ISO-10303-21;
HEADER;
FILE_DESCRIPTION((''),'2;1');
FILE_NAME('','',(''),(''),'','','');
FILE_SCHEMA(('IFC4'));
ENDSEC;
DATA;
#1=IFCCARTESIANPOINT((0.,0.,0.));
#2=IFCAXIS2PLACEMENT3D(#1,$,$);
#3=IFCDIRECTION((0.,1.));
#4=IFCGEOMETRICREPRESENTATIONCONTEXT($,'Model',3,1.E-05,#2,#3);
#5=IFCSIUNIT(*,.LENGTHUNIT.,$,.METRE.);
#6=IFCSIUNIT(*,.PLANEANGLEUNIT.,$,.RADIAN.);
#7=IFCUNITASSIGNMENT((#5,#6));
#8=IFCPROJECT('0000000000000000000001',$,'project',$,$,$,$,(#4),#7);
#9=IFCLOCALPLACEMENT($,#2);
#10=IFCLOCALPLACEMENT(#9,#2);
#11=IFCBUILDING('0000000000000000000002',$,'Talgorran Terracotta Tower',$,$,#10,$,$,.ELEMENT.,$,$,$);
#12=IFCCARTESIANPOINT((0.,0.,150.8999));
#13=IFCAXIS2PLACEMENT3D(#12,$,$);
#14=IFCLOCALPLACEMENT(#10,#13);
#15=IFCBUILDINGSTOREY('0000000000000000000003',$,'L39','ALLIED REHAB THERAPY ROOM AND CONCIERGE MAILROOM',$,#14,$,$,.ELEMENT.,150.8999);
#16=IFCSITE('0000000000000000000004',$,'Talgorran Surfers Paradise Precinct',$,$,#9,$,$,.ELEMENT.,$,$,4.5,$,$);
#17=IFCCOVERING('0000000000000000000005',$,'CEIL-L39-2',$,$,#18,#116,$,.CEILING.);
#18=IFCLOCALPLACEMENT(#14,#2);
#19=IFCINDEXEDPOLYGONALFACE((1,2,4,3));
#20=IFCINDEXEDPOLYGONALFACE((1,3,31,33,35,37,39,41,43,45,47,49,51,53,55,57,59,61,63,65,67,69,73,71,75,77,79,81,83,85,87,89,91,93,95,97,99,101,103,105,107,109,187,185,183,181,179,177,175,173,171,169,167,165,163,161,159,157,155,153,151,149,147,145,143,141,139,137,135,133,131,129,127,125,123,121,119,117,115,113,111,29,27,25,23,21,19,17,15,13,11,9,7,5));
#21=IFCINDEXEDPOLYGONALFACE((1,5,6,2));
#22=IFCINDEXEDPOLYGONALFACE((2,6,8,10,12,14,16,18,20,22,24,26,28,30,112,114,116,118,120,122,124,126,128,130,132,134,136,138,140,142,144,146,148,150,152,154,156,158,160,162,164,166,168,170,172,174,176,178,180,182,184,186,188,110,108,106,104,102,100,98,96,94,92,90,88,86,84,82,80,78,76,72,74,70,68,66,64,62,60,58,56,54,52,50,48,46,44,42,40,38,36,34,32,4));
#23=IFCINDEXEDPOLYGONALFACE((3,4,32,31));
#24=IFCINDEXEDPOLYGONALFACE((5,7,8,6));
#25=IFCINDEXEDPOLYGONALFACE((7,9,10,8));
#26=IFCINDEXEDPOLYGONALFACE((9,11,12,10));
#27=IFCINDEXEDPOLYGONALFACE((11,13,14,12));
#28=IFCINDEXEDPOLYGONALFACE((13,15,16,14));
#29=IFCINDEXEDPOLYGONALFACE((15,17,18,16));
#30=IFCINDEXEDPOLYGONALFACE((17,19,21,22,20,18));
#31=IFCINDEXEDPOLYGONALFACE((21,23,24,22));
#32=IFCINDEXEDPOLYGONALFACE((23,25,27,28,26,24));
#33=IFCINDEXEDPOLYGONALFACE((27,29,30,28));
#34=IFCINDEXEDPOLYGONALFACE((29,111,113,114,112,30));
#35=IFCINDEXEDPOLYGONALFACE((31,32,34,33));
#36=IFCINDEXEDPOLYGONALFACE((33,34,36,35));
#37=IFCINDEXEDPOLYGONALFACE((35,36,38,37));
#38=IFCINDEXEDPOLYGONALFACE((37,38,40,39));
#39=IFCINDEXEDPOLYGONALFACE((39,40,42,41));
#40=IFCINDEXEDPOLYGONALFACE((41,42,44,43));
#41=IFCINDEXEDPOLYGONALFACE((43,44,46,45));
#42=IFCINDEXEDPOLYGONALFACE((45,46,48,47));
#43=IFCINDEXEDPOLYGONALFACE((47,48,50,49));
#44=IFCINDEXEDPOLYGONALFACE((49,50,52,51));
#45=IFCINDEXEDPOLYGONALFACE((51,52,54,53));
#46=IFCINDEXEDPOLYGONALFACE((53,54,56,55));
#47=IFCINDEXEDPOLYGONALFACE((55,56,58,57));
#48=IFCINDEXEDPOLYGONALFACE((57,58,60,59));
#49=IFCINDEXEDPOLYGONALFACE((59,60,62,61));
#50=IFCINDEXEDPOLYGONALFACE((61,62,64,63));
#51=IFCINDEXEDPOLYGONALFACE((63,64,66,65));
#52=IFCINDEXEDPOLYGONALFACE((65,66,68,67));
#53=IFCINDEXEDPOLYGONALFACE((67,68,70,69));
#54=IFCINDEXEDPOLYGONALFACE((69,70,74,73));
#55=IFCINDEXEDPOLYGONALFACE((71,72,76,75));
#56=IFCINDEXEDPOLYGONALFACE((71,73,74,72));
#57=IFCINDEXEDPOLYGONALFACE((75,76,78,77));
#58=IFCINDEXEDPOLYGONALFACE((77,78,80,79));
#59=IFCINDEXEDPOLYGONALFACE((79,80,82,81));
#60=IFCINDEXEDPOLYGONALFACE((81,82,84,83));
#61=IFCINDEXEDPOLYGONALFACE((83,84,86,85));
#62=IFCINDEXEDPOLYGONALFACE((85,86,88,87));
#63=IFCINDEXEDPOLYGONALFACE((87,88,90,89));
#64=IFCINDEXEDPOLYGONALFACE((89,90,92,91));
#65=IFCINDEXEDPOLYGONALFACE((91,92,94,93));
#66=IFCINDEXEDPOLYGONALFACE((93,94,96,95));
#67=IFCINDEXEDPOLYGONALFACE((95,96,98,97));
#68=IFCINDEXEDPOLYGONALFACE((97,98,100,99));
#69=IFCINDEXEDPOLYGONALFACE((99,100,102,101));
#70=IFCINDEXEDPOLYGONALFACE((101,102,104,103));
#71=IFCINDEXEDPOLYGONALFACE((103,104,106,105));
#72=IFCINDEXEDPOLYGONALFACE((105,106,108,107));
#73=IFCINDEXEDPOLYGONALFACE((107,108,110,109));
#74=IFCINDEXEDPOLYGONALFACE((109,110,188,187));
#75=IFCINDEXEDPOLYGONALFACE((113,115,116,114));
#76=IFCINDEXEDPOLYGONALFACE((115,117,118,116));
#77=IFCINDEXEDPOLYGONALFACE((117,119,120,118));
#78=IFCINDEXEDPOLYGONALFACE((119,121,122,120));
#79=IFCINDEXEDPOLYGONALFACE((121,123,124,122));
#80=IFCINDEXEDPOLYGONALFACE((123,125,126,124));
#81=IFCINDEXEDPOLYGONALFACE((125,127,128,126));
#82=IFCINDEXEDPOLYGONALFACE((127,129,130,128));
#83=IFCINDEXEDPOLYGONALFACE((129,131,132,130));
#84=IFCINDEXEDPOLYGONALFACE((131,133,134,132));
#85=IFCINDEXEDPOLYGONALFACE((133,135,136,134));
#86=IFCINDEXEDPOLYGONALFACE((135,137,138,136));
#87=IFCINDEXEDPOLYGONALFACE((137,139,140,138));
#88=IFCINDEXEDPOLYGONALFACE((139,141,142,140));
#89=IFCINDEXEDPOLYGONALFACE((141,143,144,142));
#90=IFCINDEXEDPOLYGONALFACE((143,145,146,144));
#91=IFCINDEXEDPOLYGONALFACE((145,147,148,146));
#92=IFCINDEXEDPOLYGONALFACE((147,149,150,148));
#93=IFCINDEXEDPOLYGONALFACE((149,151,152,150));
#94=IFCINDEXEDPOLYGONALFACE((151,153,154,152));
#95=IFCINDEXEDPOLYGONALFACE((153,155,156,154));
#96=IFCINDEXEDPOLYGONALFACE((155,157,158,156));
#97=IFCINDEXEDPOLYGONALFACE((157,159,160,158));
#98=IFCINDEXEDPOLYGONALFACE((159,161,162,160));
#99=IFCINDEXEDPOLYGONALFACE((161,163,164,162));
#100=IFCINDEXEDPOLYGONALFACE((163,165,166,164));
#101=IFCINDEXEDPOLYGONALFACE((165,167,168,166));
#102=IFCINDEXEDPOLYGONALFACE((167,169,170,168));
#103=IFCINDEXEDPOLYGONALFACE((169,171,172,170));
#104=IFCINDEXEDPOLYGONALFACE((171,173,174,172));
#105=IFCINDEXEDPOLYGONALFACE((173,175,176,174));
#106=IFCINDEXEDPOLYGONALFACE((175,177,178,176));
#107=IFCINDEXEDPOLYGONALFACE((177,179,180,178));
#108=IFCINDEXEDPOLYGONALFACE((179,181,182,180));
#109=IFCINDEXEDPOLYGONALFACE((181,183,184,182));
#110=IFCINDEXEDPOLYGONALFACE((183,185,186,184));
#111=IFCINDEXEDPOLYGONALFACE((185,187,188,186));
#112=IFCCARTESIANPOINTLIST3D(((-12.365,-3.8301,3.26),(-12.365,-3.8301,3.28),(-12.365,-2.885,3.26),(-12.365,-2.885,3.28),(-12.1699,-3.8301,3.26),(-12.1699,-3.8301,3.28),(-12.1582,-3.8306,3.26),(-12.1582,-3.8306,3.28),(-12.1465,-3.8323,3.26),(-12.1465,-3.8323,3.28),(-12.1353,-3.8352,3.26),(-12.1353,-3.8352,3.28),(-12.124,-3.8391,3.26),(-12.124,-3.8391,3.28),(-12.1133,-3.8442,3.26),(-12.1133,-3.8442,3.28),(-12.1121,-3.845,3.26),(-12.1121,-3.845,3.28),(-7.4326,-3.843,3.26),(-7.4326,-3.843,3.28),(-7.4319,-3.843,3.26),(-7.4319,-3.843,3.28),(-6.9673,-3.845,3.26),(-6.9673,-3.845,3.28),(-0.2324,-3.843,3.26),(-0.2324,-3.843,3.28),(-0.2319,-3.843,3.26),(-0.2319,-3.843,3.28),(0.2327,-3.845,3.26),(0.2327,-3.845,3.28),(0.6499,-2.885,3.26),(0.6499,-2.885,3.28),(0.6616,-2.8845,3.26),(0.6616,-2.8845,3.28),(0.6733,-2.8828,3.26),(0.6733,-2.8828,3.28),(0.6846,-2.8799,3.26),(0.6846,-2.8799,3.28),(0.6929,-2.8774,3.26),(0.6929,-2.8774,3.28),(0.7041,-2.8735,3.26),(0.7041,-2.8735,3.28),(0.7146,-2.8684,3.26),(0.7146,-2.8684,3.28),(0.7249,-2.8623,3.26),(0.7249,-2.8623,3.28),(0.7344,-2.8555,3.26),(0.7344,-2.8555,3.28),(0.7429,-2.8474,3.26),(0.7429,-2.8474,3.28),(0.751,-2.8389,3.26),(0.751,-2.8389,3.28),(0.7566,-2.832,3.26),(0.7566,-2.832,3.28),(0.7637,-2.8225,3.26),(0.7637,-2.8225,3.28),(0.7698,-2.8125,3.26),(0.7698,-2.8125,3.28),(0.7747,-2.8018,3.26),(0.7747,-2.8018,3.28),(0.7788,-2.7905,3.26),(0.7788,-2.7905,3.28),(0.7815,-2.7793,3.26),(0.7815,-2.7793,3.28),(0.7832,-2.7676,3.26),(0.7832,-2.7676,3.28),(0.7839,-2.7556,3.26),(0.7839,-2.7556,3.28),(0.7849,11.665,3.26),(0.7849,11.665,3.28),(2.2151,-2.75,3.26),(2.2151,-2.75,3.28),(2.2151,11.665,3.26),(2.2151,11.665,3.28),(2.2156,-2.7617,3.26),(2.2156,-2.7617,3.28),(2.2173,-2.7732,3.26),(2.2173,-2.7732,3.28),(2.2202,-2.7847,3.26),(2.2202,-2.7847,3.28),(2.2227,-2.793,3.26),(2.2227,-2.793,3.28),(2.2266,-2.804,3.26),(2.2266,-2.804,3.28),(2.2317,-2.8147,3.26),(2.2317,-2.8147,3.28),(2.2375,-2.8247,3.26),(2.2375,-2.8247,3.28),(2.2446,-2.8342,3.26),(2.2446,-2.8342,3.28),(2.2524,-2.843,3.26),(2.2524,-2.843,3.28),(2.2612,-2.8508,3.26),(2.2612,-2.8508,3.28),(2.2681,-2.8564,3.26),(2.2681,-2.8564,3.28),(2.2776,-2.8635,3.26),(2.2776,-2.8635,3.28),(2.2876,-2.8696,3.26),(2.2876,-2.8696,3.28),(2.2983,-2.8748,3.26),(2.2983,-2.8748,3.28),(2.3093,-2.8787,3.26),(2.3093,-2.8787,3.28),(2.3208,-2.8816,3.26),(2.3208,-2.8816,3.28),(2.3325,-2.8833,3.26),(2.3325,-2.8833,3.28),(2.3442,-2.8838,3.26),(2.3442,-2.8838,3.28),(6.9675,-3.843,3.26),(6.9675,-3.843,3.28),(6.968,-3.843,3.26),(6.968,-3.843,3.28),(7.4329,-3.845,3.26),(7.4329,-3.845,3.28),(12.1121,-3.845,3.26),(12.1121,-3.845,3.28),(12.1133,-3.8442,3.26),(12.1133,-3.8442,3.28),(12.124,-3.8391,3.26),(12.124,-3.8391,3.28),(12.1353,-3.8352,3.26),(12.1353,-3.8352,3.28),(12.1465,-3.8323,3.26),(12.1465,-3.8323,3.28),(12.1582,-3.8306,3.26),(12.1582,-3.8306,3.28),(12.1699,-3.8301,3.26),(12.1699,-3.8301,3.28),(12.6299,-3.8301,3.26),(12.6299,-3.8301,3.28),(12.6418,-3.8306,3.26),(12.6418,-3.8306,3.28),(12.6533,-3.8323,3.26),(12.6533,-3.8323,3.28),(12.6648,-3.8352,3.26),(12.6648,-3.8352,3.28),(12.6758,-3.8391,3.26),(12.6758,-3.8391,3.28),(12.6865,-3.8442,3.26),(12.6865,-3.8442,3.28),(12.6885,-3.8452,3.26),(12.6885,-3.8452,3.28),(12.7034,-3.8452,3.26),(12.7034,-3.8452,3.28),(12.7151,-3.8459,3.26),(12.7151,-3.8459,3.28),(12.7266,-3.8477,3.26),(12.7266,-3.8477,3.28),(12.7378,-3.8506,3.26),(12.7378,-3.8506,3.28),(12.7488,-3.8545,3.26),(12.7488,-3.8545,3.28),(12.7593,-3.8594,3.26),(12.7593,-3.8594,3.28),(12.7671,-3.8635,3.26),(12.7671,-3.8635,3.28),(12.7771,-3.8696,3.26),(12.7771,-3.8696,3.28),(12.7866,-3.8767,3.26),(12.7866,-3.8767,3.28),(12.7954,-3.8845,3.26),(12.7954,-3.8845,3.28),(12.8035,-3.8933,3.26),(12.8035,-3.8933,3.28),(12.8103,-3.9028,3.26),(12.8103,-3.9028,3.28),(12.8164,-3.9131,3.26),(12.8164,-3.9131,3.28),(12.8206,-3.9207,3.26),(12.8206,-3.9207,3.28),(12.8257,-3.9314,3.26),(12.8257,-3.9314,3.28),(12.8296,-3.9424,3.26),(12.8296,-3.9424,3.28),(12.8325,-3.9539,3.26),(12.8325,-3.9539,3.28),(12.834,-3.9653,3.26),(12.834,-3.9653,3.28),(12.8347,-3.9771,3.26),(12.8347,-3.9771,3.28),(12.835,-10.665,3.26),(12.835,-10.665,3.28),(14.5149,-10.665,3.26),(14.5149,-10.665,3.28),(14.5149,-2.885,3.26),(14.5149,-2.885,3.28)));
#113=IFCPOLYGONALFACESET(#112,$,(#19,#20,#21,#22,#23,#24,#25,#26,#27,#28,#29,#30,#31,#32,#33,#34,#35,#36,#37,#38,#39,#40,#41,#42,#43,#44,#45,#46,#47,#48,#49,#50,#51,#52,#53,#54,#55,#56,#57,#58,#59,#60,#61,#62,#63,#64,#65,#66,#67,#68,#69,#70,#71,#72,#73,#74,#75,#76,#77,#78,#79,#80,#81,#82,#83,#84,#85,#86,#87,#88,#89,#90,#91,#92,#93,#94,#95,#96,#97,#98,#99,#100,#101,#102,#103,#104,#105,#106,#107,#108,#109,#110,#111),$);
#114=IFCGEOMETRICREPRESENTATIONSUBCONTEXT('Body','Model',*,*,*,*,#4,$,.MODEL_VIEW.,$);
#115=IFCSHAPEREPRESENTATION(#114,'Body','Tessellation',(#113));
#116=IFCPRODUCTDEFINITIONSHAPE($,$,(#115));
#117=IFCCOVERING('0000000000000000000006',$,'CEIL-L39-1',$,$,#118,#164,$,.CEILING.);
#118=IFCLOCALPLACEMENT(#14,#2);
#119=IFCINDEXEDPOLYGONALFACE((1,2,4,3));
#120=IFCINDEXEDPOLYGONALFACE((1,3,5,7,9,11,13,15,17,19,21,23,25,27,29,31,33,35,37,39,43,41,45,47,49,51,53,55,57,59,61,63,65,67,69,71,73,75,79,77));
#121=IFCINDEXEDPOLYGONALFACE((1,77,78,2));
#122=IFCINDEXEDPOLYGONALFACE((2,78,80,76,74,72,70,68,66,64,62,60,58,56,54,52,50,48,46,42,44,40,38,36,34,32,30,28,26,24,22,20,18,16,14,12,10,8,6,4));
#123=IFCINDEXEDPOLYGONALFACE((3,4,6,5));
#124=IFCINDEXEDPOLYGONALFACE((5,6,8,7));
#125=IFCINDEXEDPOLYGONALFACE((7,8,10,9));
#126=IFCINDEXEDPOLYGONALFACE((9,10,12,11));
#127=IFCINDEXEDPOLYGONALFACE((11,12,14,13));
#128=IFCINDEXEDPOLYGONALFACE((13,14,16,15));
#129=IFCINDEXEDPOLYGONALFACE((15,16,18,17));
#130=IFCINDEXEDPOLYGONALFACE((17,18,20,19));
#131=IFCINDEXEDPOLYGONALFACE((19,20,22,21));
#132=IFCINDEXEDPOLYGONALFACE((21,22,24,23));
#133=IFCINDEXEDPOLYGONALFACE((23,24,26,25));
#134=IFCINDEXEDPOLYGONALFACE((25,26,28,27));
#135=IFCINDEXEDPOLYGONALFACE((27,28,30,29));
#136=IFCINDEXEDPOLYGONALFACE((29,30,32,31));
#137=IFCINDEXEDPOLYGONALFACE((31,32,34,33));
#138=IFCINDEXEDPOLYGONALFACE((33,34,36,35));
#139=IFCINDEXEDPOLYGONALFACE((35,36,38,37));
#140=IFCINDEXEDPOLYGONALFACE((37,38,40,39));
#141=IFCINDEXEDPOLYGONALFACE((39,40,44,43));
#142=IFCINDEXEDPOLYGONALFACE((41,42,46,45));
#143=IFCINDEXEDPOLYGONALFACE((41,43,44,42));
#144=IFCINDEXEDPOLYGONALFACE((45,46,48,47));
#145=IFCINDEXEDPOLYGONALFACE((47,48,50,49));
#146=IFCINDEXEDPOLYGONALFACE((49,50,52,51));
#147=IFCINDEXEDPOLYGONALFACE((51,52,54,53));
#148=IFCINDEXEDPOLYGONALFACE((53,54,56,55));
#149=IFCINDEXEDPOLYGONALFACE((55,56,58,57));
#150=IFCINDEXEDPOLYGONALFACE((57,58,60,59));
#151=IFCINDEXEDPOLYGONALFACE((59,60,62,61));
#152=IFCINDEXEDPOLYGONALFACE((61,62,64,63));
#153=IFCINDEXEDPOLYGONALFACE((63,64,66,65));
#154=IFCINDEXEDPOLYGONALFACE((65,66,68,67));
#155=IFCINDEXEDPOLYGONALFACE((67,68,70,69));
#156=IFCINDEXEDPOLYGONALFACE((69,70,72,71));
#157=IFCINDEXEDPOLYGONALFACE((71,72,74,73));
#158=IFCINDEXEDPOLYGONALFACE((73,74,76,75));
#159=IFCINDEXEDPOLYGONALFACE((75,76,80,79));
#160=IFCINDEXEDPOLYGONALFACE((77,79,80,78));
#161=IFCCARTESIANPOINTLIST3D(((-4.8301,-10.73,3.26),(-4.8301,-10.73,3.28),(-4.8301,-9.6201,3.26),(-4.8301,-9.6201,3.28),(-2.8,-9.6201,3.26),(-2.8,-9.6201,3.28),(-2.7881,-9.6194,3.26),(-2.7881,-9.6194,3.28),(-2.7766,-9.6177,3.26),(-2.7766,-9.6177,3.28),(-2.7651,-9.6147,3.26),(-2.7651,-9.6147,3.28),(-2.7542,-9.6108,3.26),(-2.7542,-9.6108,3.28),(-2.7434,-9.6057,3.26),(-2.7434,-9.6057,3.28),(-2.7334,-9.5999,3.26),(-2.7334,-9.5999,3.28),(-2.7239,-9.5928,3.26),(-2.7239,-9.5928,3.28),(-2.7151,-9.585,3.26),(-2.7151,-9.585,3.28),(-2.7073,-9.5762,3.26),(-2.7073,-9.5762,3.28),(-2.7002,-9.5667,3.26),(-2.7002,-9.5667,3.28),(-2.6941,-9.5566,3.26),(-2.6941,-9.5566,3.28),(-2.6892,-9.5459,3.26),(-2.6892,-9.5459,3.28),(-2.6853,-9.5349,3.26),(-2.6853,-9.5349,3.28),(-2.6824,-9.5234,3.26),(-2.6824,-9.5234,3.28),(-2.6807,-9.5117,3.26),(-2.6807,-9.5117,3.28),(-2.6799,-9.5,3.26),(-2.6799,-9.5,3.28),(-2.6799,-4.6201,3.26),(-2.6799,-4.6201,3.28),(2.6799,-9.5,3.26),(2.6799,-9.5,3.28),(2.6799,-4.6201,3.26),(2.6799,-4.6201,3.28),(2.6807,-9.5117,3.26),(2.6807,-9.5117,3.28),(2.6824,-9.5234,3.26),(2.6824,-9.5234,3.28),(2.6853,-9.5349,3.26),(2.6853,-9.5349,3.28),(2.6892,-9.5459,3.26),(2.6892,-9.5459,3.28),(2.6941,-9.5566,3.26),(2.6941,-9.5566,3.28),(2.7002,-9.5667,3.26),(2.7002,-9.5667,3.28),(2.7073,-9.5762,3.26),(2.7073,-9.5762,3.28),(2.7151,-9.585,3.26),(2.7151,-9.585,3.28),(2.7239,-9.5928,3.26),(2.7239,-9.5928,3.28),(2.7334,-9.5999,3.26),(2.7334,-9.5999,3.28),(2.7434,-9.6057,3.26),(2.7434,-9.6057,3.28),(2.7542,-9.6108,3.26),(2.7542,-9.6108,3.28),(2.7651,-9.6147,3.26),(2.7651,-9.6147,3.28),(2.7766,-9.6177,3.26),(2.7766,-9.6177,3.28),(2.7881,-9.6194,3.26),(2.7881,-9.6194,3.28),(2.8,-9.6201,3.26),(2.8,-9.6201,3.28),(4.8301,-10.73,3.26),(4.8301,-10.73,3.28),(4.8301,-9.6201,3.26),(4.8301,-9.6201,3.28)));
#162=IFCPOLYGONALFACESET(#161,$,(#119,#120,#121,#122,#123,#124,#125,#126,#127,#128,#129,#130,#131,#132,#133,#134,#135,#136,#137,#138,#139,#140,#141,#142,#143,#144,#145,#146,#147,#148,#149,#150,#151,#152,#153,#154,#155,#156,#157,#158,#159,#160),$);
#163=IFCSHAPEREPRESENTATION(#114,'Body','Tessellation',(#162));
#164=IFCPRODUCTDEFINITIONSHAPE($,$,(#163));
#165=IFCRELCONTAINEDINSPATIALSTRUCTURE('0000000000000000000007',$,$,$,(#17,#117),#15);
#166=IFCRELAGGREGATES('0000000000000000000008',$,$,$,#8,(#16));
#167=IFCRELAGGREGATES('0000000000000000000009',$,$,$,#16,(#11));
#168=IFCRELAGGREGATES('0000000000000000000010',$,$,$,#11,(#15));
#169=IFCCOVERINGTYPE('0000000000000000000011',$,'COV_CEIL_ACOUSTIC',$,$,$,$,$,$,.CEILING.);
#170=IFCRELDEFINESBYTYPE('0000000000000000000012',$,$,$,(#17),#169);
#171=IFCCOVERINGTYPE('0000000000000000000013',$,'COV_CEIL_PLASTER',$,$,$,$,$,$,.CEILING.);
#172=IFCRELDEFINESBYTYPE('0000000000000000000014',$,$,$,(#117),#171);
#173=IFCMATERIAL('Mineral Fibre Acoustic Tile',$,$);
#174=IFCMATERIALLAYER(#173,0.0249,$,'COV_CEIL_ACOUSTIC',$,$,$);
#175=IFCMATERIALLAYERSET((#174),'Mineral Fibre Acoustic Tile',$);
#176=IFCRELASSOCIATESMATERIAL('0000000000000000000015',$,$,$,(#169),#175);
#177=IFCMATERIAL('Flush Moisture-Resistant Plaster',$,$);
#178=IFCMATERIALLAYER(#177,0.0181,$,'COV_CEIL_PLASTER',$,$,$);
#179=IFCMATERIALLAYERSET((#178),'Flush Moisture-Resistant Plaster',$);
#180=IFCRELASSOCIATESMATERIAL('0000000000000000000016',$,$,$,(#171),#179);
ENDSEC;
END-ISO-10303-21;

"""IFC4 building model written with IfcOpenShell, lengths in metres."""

from ifc_helpers import new_model, si_unit, direction, frame, origin, place, context, subcontext, project, spatial, polyline, outline, extrude, material, layer, layer_set, type_object, element, save


model = new_model("IFC4")

# Units and contexts
model_context = context("Model", 3, precision=1e-05, world=origin(), true_north=direction((0.0, 1.0)))
body_context = subcontext(model_context, "Body", "Model", "MODEL_VIEW")
ifc_project = project(units=[si_unit("LENGTHUNIT", "METRE"), si_unit("PLANEANGLEUNIT", "RADIAN")], contexts=[model_context])

# Site, building, storey
site_placement = place(None, origin())
site = spatial("IfcSite", under=ifc_project, at=site_placement, Name="Talgorran Surfers Paradise Precinct", CompositionType="ELEMENT", RefElevation=4.5)
building_placement = place(site_placement, origin())
building = spatial("IfcBuilding", under=site, at=building_placement, Name="Talgorran Terracotta Tower", CompositionType="ELEMENT")
storey_placement = place(building_placement, frame((0.0, 0.0, 150.8999)))
storey = spatial("IfcBuildingStorey", under=building, at=storey_placement, Name="L39", Description="ALLIED REHAB THERAPY ROOM AND CONCIERGE MAILROOM", CompositionType="ELEMENT", Elevation=150.8999)

# Coverings
ifc_material_1 = material(Name="Mineral Fibre Acoustic Tile")
ifc_layer_1 = layer(ifc_material_1, 0.0249, Name="COV_CEIL_ACOUSTIC")
ifc_layer_set_1 = layer_set([ifc_layer_1], Name="Mineral Fibre Acoustic Tile")
covering_type_1 = type_object("IfcCoveringType", Name="COV_CEIL_ACOUSTIC", PredefinedType="CEILING", material=ifc_layer_set_1)
covering_1_placement = place(storey_placement, frame((0.0, 0.0, 3.26)))
element("IfcCovering", 1, at=covering_1_placement, inside=storey, type_object=covering_type_1, Name="CEIL-L39-2", PredefinedType="CEILING", context=body_context, shape_type="SweptSolid", body=[
    extrude(outline(polyline([(-12.1121, -3.845), (-12.1133, -3.8442), (-12.124, -3.8391), (-12.1353, -3.8352), (-12.1465, -3.8323), (-12.1582, -3.8306), (-12.1699, -3.8301), (-12.365, -3.8301), (-12.365, -2.885), (0.6499, -2.885), (0.6616, -2.8845), (0.6733, -2.8828), (0.6846, -2.8799), (0.6929, -2.8774), (0.7041, -2.8735), (0.7146, -2.8684), (0.7249, -2.8623), (0.7344, -2.8555), (0.7429, -2.8474), (0.751, -2.8389), (0.7566, -2.832), (0.7637, -2.8225), (0.7698, -2.8125), (0.7747, -2.8018), (0.7788, -2.7905), (0.7815, -2.7793), (0.7832, -2.7676), (0.7839, -2.7556), (0.7849, 11.665), (2.2151, 11.665), (2.2151, -2.75), (2.2156, -2.7617), (2.2173, -2.7732), (2.2202, -2.7847), (2.2227, -2.793), (2.2266, -2.804), (2.2317, -2.8147), (2.2375, -2.8247), (2.2446, -2.8342), (2.2524, -2.843), (2.2612, -2.8508), (2.2681, -2.8564), (2.2776, -2.8635), (2.2876, -2.8696), (2.2983, -2.8748), (2.3093, -2.8787), (2.3208, -2.8816), (2.3325, -2.8833), (2.3442, -2.8838), (14.5149, -2.885), (14.5149, -10.665), (12.835, -10.665), (12.8347, -3.9771), (12.834, -3.9653), (12.8325, -3.9539), (12.8296, -3.9424), (12.8257, -3.9314), (12.8206, -3.9207), (12.8164, -3.9131), (12.8103, -3.9028), (12.8035, -3.8933), (12.7954, -3.8845), (12.7866, -3.8767), (12.7771, -3.8696), (12.7671, -3.8635), (12.7593, -3.8594), (12.7488, -3.8545), (12.7378, -3.8506), (12.7266, -3.8477), (12.7151, -3.8459), (12.7034, -3.8452), (12.6885, -3.8452), (12.6865, -3.8442), (12.6758, -3.8391), (12.6648, -3.8352), (12.6533, -3.8323), (12.6418, -3.8306), (12.6299, -3.8301), (12.1699, -3.8301), (12.1582, -3.8306), (12.1465, -3.8323), (12.1353, -3.8352), (12.124, -3.8391), (12.1133, -3.8442), (12.1121, -3.845), (7.4329, -3.845), (6.968, -3.843), (6.9675, -3.843), (0.2327, -3.845), (-0.2319, -3.843), (-0.2324, -3.843), (-6.9673, -3.845), (-7.4319, -3.843), (-7.4326, -3.843), (-12.1121, -3.845)])), origin(), (0.0, 0.0, 1.0), 0.02),
])
ifc_material_2 = material(Name="Flush Moisture-Resistant Plaster")
ifc_layer_2 = layer(ifc_material_2, 0.0181, Name="COV_CEIL_PLASTER")
ifc_layer_set_2 = layer_set([ifc_layer_2], Name="Flush Moisture-Resistant Plaster")
covering_type_2 = type_object("IfcCoveringType", Name="COV_CEIL_PLASTER", PredefinedType="CEILING", material=ifc_layer_set_2)
covering_2_placement = place(storey_placement, frame((0.0, 0.0, 3.26)))
element("IfcCovering", 2, at=covering_2_placement, inside=storey, type_object=covering_type_2, Name="CEIL-L39-1", PredefinedType="CEILING", context=body_context, shape_type="SweptSolid", body=[
    extrude(outline(polyline([(-4.8301, -9.6201), (-2.8, -9.6201), (-2.7881, -9.6194), (-2.7766, -9.6177), (-2.7651, -9.6147), (-2.7542, -9.6108), (-2.7434, -9.6057), (-2.7334, -9.5999), (-2.7239, -9.5928), (-2.7151, -9.585), (-2.7073, -9.5762), (-2.7002, -9.5667), (-2.6941, -9.5566), (-2.6892, -9.5459), (-2.6853, -9.5349), (-2.6824, -9.5234), (-2.6807, -9.5117), (-2.6799, -9.5), (-2.6799, -4.6201), (2.6799, -4.6201), (2.6799, -9.5), (2.6807, -9.5117), (2.6824, -9.5234), (2.6853, -9.5349), (2.6892, -9.5459), (2.6941, -9.5566), (2.7002, -9.5667), (2.7073, -9.5762), (2.7151, -9.585), (2.7239, -9.5928), (2.7334, -9.5999), (2.7434, -9.6057), (2.7542, -9.6108), (2.7651, -9.6147), (2.7766, -9.6177), (2.7881, -9.6194), (2.8, -9.6201), (4.8301, -9.6201), (4.8301, -10.73), (-4.8301, -10.73), (-4.8301, -9.6201)])), origin(), (0.0, 0.0, 1.0), 0.02),
])

save(model, "model.ifc")
